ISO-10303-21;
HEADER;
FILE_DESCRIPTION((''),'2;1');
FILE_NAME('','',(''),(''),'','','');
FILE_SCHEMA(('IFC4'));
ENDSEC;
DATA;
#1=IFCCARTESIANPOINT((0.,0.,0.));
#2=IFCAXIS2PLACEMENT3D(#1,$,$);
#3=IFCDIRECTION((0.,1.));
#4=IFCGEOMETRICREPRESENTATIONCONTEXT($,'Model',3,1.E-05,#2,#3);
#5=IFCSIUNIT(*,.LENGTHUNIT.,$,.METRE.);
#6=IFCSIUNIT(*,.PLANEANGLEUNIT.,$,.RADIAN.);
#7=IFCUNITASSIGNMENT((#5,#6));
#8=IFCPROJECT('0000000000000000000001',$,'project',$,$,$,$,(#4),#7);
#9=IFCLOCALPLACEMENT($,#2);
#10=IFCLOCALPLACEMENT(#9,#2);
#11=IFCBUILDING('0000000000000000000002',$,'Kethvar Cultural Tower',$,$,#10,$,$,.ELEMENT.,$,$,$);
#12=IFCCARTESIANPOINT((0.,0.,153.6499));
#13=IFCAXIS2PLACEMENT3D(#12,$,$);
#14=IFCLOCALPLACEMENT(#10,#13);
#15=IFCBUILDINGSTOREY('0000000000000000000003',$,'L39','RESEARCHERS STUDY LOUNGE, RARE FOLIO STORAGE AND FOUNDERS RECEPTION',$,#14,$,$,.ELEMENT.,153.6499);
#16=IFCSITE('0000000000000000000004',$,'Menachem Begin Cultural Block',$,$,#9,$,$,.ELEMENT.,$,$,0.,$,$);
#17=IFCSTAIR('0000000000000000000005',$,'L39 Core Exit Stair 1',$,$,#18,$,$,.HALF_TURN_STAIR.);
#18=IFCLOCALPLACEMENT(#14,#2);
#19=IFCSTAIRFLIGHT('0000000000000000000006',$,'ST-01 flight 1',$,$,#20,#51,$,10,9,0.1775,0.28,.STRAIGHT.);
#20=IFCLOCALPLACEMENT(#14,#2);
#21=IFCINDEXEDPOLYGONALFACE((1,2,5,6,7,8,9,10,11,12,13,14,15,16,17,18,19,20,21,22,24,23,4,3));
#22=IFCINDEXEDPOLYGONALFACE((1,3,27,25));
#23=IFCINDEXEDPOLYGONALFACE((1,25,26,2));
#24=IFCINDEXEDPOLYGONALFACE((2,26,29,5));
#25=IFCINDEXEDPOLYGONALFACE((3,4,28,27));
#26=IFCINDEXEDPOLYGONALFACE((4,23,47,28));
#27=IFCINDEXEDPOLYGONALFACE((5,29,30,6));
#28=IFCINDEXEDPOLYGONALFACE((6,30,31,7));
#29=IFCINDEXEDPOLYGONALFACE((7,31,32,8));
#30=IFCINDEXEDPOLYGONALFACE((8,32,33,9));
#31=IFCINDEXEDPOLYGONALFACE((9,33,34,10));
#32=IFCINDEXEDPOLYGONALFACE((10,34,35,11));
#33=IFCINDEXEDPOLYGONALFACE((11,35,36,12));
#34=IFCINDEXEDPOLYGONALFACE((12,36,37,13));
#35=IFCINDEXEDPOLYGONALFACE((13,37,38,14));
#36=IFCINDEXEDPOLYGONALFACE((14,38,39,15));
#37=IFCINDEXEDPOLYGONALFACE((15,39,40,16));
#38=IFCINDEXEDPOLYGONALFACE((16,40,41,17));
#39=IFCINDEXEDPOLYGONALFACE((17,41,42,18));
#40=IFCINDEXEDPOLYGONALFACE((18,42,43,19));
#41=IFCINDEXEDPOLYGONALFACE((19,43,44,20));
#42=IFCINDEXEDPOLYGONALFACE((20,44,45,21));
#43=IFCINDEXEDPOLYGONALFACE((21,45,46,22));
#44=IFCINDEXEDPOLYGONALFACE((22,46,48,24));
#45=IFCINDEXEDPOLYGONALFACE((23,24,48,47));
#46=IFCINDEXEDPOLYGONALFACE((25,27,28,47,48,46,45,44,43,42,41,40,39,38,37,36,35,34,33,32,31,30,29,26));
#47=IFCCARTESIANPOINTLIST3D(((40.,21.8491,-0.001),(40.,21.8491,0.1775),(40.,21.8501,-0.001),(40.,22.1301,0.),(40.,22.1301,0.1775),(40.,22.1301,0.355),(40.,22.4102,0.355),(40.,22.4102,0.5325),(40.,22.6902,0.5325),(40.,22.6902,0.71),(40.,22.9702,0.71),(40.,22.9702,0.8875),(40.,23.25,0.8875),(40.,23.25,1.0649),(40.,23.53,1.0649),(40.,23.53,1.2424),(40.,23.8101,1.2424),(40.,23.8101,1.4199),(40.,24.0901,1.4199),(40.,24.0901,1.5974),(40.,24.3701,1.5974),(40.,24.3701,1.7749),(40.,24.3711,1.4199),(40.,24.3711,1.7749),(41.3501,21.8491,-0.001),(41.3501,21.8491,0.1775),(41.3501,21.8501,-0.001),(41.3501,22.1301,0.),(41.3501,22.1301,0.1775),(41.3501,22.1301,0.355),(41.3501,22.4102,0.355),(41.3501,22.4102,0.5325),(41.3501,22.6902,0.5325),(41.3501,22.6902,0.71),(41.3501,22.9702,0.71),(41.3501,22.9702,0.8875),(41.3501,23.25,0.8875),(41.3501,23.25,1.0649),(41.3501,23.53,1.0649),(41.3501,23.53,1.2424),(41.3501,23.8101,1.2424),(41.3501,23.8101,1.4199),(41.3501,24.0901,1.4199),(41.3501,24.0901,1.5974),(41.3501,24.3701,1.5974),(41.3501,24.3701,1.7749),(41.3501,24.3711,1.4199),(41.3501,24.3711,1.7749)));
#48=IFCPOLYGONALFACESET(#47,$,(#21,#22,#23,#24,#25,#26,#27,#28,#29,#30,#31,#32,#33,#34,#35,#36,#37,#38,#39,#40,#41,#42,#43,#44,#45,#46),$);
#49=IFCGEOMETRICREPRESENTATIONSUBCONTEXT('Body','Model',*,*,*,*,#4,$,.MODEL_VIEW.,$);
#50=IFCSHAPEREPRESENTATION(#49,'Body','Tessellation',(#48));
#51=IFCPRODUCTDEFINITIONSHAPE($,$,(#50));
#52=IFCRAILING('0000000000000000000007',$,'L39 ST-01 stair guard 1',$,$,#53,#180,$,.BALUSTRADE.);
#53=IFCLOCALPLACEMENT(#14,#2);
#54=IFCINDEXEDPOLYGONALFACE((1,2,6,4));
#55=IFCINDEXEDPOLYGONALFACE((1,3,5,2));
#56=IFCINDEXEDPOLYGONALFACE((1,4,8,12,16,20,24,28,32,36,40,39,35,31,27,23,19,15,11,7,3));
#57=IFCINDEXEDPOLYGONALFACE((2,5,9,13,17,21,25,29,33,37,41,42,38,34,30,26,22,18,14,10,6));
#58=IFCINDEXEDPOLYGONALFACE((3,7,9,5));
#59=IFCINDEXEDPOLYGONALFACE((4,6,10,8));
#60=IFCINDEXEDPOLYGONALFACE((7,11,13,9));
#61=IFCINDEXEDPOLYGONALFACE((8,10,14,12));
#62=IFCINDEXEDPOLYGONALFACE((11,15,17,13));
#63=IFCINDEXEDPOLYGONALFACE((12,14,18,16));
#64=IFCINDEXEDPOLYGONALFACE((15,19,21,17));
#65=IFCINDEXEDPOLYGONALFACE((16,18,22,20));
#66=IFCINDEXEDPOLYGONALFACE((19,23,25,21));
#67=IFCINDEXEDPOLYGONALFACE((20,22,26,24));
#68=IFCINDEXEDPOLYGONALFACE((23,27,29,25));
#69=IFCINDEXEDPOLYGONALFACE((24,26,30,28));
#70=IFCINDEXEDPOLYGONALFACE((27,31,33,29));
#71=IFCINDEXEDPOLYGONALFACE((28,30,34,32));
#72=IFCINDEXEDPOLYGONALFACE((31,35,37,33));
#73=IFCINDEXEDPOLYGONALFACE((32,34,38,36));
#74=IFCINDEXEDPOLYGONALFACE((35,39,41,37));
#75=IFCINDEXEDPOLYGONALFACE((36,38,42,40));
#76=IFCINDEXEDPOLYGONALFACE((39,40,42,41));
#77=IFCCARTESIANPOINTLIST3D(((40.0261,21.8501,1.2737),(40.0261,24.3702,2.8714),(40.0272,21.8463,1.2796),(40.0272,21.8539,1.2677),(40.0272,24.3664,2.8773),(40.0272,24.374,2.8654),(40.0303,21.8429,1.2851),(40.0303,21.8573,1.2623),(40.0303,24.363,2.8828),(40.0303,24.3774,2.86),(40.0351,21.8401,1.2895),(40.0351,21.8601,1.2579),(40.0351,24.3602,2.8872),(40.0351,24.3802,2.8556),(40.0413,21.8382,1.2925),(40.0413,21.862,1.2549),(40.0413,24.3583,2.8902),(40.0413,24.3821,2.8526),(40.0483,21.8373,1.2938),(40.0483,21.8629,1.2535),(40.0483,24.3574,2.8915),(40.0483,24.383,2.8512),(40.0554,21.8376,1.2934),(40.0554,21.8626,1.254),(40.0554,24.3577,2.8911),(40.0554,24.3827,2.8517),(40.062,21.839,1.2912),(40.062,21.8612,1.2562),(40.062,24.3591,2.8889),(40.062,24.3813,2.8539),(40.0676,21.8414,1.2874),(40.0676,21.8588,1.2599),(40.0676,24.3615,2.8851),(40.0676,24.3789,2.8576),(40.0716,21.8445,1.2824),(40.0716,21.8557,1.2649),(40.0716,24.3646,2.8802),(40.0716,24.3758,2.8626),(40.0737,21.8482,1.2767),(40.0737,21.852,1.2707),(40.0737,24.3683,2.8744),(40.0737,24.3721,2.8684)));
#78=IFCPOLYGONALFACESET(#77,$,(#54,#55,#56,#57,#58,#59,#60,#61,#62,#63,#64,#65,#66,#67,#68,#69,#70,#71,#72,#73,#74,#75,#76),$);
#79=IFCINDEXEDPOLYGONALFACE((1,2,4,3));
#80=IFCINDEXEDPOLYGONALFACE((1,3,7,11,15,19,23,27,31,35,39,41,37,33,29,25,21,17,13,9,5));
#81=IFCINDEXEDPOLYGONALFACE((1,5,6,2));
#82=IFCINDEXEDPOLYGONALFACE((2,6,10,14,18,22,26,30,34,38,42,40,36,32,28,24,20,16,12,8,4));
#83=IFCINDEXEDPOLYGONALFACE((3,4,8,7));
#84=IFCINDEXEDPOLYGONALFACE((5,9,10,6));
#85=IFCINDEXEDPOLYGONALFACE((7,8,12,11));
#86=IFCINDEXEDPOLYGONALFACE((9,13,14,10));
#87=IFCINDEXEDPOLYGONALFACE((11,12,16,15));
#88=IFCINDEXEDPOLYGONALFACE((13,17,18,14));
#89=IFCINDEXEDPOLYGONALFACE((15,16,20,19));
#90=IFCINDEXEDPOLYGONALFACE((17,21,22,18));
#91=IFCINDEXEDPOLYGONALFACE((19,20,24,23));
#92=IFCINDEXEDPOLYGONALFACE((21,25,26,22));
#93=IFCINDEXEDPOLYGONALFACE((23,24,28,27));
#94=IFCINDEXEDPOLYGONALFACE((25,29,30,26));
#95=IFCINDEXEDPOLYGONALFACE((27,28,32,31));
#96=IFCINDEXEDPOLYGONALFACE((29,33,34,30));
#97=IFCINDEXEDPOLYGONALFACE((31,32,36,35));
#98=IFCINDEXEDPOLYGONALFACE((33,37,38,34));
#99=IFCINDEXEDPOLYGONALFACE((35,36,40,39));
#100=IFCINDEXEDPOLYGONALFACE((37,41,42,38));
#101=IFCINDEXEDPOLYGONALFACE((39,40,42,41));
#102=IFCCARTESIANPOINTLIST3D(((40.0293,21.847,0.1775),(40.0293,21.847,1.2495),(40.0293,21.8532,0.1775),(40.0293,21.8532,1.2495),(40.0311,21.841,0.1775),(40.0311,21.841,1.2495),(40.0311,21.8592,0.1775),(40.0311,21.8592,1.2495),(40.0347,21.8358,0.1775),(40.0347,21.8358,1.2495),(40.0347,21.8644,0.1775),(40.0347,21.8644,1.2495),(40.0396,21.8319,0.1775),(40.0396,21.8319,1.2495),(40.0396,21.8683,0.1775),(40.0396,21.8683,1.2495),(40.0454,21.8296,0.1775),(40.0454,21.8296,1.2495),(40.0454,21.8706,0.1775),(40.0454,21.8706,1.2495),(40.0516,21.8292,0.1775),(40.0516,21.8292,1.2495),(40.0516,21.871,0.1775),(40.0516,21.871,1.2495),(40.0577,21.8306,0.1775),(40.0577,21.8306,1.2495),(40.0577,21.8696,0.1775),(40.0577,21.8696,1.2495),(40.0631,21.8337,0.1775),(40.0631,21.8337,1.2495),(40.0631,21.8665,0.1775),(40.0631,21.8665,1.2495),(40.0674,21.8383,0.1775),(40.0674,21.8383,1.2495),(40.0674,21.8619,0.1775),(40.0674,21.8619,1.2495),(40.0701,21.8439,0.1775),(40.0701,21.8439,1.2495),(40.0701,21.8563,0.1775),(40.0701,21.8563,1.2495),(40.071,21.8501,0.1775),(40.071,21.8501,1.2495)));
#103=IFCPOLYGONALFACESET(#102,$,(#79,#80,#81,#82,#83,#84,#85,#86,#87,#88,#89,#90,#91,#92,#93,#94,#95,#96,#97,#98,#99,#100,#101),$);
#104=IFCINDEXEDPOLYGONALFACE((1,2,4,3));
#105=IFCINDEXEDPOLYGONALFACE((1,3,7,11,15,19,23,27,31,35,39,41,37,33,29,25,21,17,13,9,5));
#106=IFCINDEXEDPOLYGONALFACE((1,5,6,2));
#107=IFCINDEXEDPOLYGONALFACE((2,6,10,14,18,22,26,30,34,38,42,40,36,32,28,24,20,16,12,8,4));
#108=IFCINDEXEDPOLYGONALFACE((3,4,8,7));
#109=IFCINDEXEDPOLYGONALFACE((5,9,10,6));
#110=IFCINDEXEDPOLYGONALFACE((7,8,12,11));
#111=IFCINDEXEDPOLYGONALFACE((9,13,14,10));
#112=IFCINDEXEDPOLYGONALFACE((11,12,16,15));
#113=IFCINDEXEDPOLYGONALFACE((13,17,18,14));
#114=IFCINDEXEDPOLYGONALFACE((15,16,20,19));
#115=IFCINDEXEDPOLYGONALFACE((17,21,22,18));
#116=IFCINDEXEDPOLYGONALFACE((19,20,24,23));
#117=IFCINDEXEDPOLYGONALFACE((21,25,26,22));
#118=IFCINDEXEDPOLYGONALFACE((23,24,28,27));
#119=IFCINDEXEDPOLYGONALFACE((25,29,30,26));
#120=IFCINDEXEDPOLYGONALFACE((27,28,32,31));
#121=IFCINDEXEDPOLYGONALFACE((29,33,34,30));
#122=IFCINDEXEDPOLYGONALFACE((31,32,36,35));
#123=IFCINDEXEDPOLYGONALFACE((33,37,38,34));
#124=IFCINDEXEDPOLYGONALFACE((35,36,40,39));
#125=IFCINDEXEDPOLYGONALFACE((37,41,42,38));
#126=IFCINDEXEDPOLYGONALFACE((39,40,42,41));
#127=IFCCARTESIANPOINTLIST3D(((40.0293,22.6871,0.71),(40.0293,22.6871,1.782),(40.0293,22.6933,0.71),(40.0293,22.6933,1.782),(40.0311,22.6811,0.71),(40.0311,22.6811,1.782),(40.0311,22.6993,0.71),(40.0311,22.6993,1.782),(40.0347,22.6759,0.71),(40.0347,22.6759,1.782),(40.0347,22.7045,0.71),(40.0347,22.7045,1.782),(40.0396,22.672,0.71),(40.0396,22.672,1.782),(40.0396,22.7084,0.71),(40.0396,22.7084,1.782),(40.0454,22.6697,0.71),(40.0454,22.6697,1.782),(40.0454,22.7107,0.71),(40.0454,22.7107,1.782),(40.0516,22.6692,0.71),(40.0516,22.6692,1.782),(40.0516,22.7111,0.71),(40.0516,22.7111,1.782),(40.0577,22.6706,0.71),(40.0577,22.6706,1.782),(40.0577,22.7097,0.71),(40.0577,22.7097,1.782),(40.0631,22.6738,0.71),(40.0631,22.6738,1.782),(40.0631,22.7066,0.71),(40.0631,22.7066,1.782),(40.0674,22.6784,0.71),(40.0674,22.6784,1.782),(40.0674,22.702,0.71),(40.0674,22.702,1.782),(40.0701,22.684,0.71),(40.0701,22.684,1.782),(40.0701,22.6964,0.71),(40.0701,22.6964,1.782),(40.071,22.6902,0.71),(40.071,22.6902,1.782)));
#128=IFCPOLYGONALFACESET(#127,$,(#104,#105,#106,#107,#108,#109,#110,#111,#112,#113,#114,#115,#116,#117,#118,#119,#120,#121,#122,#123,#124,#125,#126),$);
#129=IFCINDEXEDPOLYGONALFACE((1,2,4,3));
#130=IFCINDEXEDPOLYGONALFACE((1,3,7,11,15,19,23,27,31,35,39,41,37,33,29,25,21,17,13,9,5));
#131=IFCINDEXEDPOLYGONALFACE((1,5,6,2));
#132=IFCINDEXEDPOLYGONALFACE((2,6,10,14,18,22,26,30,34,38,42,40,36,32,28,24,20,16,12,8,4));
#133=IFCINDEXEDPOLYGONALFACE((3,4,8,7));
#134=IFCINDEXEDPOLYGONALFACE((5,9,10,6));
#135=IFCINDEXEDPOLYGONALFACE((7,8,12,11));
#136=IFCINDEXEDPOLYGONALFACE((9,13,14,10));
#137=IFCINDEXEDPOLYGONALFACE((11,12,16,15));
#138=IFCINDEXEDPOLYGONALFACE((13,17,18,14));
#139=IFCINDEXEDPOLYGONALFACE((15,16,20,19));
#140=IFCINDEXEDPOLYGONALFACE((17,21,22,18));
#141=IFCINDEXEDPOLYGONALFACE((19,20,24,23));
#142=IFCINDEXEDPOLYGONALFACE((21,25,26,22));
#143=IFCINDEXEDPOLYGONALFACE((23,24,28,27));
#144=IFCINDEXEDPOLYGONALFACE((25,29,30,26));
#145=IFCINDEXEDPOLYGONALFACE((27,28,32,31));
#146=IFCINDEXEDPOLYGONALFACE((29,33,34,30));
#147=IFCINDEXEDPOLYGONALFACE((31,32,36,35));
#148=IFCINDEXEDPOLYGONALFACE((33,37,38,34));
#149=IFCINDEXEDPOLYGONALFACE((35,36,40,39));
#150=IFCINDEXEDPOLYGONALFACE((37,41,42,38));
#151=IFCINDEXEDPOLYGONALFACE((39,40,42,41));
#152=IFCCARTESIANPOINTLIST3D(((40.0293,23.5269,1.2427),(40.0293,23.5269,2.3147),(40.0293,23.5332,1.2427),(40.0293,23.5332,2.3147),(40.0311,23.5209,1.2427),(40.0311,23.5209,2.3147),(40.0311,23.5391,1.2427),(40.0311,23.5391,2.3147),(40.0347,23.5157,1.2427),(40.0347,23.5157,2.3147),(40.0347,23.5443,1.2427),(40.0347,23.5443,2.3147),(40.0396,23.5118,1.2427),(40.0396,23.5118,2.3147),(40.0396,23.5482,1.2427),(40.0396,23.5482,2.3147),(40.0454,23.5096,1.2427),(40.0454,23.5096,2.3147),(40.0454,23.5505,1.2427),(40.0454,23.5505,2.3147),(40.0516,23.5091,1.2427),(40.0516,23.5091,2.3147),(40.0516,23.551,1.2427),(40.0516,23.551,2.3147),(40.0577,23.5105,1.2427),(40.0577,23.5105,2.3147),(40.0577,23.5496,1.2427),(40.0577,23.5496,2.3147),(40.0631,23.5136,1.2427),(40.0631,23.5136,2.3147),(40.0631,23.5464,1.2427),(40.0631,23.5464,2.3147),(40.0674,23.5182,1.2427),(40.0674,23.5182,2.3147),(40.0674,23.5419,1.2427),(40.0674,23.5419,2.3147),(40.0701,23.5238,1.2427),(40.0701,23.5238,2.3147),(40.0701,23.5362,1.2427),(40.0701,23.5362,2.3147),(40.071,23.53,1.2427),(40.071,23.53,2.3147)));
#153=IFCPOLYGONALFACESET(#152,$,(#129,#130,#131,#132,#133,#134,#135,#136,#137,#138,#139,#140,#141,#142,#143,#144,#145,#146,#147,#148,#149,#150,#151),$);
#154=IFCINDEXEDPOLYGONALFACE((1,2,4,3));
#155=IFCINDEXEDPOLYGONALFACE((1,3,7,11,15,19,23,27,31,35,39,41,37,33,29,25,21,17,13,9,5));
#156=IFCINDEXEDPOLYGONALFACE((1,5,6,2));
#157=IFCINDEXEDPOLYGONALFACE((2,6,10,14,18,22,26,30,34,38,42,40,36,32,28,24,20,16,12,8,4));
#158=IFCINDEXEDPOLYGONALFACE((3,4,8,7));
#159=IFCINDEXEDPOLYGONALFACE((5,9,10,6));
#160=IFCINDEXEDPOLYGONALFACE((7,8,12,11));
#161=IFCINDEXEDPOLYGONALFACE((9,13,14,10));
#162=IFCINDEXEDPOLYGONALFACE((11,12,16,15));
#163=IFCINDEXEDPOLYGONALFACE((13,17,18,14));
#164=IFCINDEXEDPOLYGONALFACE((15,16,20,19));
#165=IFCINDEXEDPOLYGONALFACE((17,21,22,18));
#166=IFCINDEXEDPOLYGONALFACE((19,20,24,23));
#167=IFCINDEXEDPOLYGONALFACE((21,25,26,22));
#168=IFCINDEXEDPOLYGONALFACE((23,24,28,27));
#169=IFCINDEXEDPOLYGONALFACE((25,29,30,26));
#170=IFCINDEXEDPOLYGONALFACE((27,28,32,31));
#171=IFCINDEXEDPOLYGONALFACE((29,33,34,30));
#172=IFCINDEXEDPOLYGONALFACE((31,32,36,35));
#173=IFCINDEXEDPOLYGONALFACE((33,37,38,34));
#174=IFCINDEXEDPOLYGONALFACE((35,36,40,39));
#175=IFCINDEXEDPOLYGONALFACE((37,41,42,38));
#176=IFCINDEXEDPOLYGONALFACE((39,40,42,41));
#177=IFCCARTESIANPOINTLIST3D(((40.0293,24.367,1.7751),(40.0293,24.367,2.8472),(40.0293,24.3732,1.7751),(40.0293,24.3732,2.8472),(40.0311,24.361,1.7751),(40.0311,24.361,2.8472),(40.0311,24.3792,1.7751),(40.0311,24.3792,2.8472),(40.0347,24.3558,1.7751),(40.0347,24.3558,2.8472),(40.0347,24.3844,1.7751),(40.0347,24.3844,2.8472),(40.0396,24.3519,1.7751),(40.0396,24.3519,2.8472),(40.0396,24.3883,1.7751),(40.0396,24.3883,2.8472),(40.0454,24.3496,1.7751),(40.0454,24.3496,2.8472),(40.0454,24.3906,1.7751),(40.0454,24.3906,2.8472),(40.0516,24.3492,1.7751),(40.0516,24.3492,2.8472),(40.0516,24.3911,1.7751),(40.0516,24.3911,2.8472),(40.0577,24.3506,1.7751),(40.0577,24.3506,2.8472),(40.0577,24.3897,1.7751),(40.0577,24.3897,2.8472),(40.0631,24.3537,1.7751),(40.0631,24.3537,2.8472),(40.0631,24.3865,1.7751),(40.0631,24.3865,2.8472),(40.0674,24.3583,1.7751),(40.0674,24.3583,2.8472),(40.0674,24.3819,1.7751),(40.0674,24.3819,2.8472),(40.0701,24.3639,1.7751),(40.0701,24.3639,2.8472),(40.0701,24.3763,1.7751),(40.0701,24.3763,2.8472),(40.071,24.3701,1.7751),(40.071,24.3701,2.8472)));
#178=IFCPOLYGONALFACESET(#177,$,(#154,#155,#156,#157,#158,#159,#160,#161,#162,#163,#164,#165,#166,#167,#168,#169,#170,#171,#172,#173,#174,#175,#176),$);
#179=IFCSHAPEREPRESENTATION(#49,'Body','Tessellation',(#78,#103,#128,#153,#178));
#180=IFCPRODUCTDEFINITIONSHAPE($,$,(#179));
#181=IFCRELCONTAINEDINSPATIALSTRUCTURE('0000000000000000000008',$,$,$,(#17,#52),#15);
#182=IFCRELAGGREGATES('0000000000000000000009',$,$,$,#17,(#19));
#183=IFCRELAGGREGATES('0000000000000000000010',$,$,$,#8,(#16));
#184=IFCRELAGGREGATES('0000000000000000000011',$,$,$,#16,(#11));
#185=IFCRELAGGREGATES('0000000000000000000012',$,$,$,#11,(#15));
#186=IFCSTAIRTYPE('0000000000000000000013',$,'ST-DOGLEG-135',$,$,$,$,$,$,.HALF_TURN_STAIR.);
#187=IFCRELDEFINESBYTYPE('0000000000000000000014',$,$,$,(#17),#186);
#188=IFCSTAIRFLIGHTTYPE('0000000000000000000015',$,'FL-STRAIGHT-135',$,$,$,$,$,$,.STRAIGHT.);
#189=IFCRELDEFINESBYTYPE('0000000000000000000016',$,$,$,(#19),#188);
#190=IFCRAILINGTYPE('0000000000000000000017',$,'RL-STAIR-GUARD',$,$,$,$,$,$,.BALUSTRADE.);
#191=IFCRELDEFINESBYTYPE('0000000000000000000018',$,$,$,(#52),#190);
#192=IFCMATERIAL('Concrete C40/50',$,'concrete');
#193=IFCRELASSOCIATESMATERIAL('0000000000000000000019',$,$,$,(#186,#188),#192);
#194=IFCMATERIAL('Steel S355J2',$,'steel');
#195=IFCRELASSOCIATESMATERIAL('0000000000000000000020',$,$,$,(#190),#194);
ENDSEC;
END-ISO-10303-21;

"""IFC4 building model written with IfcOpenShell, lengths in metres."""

from ifc_helpers import new_model, si_unit, direction, frame, origin, origin_2d, place, context, subcontext, project, spatial, polyline, circle, outline, extrude, material, type_object, element, aggregate, save


model = new_model("IFC4")

# Units and contexts
model_context = context("Model", 3, precision=1e-05, world=origin(), true_north=direction((0.0, 1.0)))
body_context = subcontext(model_context, "Body", "Model", "MODEL_VIEW")
ifc_project = project(units=[si_unit("LENGTHUNIT", "METRE"), si_unit("PLANEANGLEUNIT", "RADIAN")], contexts=[model_context])

# Site, building, storey
site_placement = place(None, origin())
site = spatial("IfcSite", under=ifc_project, at=site_placement, Name="Menachem Begin Cultural Block", CompositionType="ELEMENT", RefElevation=0.0)
building_placement = place(site_placement, origin())
building = spatial("IfcBuilding", under=site, at=building_placement, Name="Kethvar Cultural Tower", CompositionType="ELEMENT")
storey_placement = place(building_placement, frame((0.0, 0.0, 153.6499)))
storey = spatial("IfcBuildingStorey", under=building, at=storey_placement, Name="L39", Description="RESEARCHERS STUDY LOUNGE, RARE FOLIO STORAGE AND FOUNDERS RECEPTION", CompositionType="ELEMENT", Elevation=153.6499)

# Shared definitions
ifc_material_1 = material(Name="Steel S355J2", Category="steel")

# Stair, stair flight
ifc_material_2 = material(Name="Concrete C40/50", Category="concrete")
stair_type = type_object("IfcStairType", Name="ST-DOGLEG-135", PredefinedType="HALF_TURN_STAIR", material=ifc_material_2)
stair_placement = place(storey_placement, origin())
stair = element("IfcStair", 1, at=stair_placement, inside=storey, type_object=stair_type, Name="L39 Core Exit Stair 1", PredefinedType="HALF_TURN_STAIR")
stair_flight_type = type_object("IfcStairFlightType", Name="FL-STRAIGHT-135", PredefinedType="STRAIGHT", material=ifc_material_2)
stair_flight_placement = place(storey_placement, frame((40.675, 21.8501, 0.0), z_axis=(0.0, 0.0, 1.0), x_axis=(0.0, 1.0, 0.0)))
stair_flight = element("IfcStairFlight", 2, at=stair_flight_placement, type_object=stair_flight_type, Name="ST-01 flight 1", NumberOfRisers=10, NumberOfTreads=9, PredefinedType="STRAIGHT", RiserHeight=0.1775, TreadLength=0.28, context=body_context, shape_type="SweptSolid", body=[
    extrude(outline(polyline([(-0.001, -0.001), (-0.001, 0.1775), (0.28, 0.1775), (0.28, 0.355), (0.5601, 0.355), (0.5601, 0.5325), (0.8401, 0.5325), (0.8401, 0.71), (1.1201, 0.71), (1.1201, 0.8875), (1.3999, 0.8875), (1.3999, 1.0649), (1.6799, 1.0649), (1.6799, 1.2424), (1.96, 1.2424), (1.96, 1.4199), (2.24, 1.4199), (2.24, 1.5974), (2.52, 1.5974), (2.52, 1.7749), (2.521, 1.7749), (2.521, 1.4199), (0.28, 0.0), (0.0, -0.001), (-0.001, -0.001)])), frame((0.0, 0.675, 0.0), z_axis=(0.0, -1.0, 0.0), x_axis=(1.0, 0.0, 0.0)), (0.0, 0.0, 1.0), 1.3501),
])
aggregate(stair, [stair_flight])

# Railing
railing_type_1 = type_object("IfcRailingType", Name="RL-STAIR-GUARD", PredefinedType="BALUSTRADE", material=ifc_material_1)
railing_1_placement = place(storey_placement, frame((40.05, 21.8501, 0.1775)))
element("IfcRailing", 3, at=railing_1_placement, inside=storey, type_object=railing_type_1, Name="L39 ST-01 stair guard 1", PredefinedType="BALUSTRADE", context=body_context, shape_type="SweptSolid", body=[
    extrude(circle(Radius=0.0239, at=origin_2d()), frame((0.0, 0.0, 1.0962), z_axis=(0.0, 0.84457, 0.535445), x_axis=(-1.0, 0.0, 0.0)), (0.0, 0.0, 1.0), 2.9839),
    extrude(circle(Radius=0.021, at=origin_2d()), origin(), (0.0, 0.0, 1.0), 1.072),
    extrude(circle(Radius=0.021, at=origin_2d()), frame((0.0, 0.8401, 0.5325)), (0.0, 0.0, 1.0), 1.072),
    extrude(circle(Radius=0.021, at=origin_2d()), frame((0.0, 1.6799, 1.0652)), (0.0, 0.0, 1.0), 1.072),
    extrude(circle(Radius=0.021, at=origin_2d()), frame((0.0, 2.52, 1.5977)), (0.0, 0.0, 1.0), 1.072),
])

save(model, "model.ifc")
